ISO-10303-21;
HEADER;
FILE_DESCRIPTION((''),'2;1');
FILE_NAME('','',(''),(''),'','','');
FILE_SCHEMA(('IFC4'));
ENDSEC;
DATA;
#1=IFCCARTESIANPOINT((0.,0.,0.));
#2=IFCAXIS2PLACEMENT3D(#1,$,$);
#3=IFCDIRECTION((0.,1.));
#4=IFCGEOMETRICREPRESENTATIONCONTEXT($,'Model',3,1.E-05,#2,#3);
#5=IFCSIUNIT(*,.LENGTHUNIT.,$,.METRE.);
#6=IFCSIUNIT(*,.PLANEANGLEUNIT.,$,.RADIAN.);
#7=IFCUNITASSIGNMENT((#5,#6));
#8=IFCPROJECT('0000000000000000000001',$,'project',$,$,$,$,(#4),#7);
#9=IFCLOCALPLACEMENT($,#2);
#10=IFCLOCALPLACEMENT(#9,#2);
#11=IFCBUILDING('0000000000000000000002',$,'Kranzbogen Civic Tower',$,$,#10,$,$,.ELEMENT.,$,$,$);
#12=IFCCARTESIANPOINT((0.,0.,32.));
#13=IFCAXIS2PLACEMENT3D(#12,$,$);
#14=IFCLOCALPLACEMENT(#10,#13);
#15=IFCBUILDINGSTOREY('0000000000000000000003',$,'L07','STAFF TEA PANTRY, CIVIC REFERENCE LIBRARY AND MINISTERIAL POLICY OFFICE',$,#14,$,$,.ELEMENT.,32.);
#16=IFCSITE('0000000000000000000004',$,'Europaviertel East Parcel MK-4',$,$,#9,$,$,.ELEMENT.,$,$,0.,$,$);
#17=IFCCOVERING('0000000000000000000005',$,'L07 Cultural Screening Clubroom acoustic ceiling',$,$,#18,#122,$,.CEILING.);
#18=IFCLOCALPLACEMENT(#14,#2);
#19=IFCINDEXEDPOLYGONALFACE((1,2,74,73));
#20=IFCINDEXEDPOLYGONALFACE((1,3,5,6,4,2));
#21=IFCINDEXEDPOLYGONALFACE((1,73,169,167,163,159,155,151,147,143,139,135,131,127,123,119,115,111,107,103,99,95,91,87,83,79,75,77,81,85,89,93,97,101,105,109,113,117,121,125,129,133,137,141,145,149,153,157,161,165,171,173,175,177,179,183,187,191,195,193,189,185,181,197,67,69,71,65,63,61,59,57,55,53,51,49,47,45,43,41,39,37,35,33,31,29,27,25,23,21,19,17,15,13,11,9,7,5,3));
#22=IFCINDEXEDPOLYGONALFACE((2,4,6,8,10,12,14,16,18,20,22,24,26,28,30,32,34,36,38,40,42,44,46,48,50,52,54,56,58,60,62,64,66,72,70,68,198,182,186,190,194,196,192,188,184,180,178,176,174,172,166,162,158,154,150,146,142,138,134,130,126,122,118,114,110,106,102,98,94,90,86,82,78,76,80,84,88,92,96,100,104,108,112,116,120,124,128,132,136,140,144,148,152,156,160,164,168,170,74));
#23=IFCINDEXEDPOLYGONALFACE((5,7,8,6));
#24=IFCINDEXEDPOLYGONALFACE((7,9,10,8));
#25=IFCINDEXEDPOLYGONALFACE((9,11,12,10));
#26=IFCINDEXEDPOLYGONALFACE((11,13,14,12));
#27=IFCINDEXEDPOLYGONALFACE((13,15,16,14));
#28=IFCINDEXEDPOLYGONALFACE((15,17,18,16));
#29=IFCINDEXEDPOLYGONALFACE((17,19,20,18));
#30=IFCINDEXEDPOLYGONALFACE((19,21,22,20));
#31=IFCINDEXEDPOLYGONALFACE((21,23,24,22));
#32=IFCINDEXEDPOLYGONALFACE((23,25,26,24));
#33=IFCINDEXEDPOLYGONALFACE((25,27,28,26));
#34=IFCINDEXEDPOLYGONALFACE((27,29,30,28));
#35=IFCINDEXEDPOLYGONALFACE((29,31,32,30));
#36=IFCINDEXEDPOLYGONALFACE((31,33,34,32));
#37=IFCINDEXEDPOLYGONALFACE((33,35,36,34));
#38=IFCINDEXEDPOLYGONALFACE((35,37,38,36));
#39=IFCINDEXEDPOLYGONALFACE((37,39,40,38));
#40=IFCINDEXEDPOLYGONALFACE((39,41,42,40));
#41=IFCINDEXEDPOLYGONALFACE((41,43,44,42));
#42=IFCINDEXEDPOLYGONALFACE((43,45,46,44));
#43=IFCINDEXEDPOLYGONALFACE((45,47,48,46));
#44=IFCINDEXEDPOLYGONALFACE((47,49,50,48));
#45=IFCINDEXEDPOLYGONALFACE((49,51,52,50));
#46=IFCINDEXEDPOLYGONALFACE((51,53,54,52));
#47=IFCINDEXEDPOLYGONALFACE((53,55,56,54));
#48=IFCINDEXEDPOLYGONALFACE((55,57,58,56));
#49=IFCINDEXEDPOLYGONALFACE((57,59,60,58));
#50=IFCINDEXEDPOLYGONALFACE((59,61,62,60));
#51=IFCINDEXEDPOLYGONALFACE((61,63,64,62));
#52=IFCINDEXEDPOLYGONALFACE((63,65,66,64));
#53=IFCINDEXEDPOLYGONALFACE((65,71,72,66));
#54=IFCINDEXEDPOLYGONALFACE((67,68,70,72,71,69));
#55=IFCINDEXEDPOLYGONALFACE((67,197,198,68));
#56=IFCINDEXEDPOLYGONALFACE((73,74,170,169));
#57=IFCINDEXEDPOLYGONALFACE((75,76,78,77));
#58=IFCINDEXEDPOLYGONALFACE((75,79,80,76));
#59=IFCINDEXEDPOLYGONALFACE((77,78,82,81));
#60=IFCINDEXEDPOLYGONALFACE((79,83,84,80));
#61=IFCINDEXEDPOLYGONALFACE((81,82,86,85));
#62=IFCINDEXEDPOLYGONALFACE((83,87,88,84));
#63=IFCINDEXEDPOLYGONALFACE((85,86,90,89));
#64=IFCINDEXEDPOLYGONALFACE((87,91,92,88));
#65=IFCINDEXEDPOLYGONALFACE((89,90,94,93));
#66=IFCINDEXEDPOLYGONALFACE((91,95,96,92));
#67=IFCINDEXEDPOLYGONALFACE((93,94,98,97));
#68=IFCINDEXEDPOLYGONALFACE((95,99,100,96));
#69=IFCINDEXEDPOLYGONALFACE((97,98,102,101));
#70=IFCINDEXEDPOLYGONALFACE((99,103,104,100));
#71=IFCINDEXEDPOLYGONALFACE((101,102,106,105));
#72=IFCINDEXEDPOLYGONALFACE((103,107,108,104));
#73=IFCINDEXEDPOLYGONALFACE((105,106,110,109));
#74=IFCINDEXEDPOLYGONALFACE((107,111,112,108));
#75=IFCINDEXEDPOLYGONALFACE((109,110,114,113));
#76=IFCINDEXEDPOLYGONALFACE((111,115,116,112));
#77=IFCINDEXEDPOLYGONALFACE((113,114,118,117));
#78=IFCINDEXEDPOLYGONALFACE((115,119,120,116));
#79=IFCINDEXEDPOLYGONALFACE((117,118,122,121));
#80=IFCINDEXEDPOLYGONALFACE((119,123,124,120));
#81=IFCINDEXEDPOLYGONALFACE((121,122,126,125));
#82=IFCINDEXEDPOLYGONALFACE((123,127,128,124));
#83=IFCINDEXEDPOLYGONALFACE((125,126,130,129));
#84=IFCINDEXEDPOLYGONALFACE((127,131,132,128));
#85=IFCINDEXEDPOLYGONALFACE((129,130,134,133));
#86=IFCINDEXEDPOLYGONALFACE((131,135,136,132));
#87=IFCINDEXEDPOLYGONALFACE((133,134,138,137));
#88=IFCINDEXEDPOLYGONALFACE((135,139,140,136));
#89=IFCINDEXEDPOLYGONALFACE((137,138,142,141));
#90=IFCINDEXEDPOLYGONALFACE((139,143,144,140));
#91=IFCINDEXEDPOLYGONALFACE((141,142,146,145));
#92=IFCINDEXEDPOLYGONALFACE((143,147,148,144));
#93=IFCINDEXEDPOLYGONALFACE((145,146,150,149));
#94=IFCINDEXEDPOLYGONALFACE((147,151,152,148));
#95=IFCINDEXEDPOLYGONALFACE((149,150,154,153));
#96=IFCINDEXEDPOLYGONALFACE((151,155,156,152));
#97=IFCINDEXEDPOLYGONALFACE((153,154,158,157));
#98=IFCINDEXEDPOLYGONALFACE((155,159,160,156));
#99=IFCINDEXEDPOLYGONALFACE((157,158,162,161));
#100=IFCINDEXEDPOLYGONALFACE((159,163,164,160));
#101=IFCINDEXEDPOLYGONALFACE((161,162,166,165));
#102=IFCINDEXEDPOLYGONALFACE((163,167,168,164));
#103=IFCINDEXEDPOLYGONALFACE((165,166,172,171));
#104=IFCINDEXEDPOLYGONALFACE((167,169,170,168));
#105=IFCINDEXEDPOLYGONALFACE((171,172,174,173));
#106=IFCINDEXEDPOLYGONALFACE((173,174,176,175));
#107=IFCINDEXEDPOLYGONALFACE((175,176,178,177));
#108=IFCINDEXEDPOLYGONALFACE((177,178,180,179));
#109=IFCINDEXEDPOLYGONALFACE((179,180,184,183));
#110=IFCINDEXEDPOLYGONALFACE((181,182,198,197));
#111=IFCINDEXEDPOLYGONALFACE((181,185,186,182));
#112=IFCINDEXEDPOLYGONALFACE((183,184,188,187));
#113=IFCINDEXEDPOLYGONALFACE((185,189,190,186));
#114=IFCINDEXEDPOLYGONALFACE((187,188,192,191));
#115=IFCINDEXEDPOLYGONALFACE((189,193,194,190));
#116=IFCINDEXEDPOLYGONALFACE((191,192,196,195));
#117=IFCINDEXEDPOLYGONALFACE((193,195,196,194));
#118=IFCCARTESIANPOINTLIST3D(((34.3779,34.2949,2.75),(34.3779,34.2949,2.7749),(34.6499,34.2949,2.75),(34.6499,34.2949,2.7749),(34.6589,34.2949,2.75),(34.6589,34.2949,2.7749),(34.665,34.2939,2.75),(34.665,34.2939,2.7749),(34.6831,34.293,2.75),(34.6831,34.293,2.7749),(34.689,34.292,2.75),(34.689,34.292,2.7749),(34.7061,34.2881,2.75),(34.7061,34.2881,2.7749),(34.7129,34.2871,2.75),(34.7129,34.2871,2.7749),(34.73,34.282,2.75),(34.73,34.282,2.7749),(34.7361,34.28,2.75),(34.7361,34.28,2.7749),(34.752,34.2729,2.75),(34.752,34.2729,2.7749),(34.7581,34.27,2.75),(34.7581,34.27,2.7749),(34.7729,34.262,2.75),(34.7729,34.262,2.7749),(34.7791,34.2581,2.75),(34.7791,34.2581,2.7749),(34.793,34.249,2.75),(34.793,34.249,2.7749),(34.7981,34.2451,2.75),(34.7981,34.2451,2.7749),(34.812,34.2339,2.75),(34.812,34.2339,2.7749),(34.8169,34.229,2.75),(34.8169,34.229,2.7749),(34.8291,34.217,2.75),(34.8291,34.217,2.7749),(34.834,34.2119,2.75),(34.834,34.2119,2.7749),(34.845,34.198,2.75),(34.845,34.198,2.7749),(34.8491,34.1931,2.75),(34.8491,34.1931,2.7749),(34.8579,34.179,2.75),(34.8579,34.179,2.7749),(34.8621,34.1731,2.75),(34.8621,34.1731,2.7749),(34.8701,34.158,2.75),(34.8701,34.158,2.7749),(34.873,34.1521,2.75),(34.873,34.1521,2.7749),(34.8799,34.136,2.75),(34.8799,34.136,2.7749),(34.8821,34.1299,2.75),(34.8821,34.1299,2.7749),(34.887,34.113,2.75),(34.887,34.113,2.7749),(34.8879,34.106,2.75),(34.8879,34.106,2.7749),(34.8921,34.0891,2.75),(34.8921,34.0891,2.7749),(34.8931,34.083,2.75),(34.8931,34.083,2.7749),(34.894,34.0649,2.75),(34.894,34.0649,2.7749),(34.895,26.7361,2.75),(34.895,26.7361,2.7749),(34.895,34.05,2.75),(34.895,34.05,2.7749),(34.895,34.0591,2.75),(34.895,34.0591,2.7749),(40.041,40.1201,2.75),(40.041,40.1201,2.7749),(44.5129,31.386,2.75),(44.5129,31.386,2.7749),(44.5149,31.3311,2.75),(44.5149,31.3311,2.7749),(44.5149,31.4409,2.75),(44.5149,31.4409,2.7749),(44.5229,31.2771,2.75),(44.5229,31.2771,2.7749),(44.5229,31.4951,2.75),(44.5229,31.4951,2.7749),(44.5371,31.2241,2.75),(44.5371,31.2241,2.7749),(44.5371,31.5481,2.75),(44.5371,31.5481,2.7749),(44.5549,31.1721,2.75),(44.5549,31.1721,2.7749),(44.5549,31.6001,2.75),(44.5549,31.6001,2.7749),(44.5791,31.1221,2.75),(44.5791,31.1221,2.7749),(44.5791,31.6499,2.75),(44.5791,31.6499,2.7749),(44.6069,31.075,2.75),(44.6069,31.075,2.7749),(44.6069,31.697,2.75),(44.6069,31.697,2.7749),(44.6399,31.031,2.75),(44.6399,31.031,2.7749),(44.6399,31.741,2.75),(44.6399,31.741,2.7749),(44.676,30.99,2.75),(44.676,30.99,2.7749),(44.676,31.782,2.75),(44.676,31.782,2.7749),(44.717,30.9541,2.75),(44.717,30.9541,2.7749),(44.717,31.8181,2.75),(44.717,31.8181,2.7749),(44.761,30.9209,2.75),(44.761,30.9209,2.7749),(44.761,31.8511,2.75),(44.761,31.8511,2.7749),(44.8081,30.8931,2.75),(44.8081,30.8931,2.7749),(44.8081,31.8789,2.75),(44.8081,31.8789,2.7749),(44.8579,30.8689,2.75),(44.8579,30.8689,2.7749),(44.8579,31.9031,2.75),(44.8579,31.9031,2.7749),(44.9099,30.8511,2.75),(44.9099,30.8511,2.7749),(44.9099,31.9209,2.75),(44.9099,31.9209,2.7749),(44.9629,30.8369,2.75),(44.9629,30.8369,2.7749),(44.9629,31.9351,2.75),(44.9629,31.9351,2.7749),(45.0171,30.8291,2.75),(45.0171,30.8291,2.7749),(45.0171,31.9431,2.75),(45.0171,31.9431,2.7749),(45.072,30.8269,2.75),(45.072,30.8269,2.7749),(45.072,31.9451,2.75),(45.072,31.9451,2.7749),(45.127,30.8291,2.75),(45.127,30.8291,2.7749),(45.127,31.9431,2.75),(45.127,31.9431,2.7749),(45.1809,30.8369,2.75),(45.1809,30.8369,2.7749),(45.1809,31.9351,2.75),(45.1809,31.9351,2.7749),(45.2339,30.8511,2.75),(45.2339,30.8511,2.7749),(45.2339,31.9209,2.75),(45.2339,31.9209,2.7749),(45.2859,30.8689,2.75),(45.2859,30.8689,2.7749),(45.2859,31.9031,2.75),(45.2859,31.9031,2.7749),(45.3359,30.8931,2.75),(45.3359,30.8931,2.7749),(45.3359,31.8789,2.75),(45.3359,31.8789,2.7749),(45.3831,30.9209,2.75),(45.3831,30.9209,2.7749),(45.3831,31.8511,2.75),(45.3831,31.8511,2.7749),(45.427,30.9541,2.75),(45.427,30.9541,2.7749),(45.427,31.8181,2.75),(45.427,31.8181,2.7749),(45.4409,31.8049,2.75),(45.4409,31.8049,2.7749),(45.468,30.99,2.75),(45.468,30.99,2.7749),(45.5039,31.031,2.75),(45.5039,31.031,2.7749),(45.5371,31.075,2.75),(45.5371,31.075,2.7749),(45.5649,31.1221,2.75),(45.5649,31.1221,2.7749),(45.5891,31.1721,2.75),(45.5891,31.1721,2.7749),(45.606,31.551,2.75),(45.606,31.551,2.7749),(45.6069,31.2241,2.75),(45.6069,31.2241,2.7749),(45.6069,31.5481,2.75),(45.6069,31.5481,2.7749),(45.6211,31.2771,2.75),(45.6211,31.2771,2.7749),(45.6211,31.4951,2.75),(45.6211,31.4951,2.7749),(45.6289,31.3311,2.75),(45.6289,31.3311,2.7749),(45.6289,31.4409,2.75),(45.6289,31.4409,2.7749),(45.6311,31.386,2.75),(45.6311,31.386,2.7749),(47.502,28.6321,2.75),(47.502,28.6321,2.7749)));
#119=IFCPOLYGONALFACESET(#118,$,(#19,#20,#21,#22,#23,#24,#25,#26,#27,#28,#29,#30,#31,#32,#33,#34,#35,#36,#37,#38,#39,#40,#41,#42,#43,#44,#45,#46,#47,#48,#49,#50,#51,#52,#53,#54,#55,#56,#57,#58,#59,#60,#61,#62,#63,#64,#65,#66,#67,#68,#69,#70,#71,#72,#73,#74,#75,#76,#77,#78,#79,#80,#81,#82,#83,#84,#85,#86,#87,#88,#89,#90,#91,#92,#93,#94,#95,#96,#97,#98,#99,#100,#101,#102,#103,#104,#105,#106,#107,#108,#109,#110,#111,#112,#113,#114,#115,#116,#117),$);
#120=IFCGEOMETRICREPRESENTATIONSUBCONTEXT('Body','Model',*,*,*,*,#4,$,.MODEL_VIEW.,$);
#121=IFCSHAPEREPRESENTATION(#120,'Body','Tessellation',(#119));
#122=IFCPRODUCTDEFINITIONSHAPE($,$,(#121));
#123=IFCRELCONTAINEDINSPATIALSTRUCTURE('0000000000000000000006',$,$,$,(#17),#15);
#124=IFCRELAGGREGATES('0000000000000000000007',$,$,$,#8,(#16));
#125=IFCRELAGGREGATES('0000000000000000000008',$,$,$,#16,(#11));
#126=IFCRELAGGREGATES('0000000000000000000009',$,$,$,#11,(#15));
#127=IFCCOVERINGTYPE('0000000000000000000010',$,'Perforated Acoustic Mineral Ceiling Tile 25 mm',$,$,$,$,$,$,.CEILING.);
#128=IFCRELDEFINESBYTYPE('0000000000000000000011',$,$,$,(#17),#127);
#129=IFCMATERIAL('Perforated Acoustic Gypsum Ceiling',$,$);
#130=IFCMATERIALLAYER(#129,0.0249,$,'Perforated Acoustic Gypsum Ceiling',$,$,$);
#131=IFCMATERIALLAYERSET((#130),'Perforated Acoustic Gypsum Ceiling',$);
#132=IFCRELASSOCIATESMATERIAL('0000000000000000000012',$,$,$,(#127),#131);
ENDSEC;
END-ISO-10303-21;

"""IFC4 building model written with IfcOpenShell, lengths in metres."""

from ifc_helpers import new_model, si_unit, direction, frame, origin, place, context, subcontext, project, spatial, polyline, outline, extrude, material, layer, layer_set, type_object, element, save


model = new_model("IFC4")

# Units and contexts
model_context = context("Model", 3, precision=1e-05, world=origin(), true_north=direction((0.0, 1.0)))
body_context = subcontext(model_context, "Body", "Model", "MODEL_VIEW")
ifc_project = project(units=[si_unit("LENGTHUNIT", "METRE"), si_unit("PLANEANGLEUNIT", "RADIAN")], contexts=[model_context])

# Site, building, storey
site_placement = place(None, origin())
site = spatial("IfcSite", under=ifc_project, at=site_placement, Name="Europaviertel East Parcel MK-4", CompositionType="ELEMENT", RefElevation=0.0)
building_placement = place(site_placement, origin())
building = spatial("IfcBuilding", under=site, at=building_placement, Name="Kranzbogen Civic Tower", CompositionType="ELEMENT")
storey_placement = place(building_placement, frame((0.0, 0.0, 32.0)))
storey = spatial("IfcBuildingStorey", under=building, at=storey_placement, Name="L07", Description="STAFF TEA PANTRY, CIVIC REFERENCE LIBRARY AND MINISTERIAL POLICY OFFICE", CompositionType="ELEMENT", Elevation=32.0)

# Covering
ifc_material_1 = material(Name="Perforated Acoustic Gypsum Ceiling")
ifc_layer_1 = layer(ifc_material_1, 0.0249, Name="Perforated Acoustic Gypsum Ceiling")
ifc_layer_set_1 = layer_set([ifc_layer_1], Name="Perforated Acoustic Gypsum Ceiling")
covering_type = type_object("IfcCoveringType", Name="Perforated Acoustic Mineral Ceiling Tile 25 mm", PredefinedType="CEILING", material=ifc_layer_set_1)
covering_1_placement = place(storey_placement, frame((0.0, 0.0, 2.75)))
element("IfcCovering", 1, at=covering_1_placement, inside=storey, type_object=covering_type, Name="L07 Cultural Screening Clubroom acoustic ceiling", PredefinedType="CEILING", context=body_context, shape_type="SweptSolid", body=[
    extrude(outline(polyline([(34.895, 26.7361), (34.895, 34.05), (34.895, 34.0591), (34.894, 34.0649), (34.8931, 34.083), (34.8921, 34.0891), (34.8879, 34.106), (34.887, 34.113), (34.8821, 34.1299), (34.8799, 34.136), (34.873, 34.1521), (34.8701, 34.158), (34.8621, 34.1731), (34.8579, 34.179), (34.8491, 34.1931), (34.845, 34.198), (34.834, 34.2119), (34.8291, 34.217), (34.8169, 34.229), (34.812, 34.2339), (34.7981, 34.2451), (34.793, 34.249), (34.7791, 34.2581), (34.7729, 34.262), (34.7581, 34.27), (34.752, 34.2729), (34.7361, 34.28), (34.73, 34.282), (34.7129, 34.2871), (34.7061, 34.2881), (34.689, 34.292), (34.6831, 34.293), (34.665, 34.2939), (34.6589, 34.2949), (34.6499, 34.2949), (34.3779, 34.2949), (40.041, 40.1201), (45.4409, 31.8049), (45.427, 31.8181), (45.3831, 31.8511), (45.3359, 31.8789), (45.2859, 31.9031), (45.2339, 31.9209), (45.1809, 31.9351), (45.127, 31.9431), (45.072, 31.9451), (45.0171, 31.9431), (44.9629, 31.9351), (44.9099, 31.9209), (44.8579, 31.9031), (44.8081, 31.8789), (44.761, 31.8511), (44.717, 31.8181), (44.676, 31.782), (44.6399, 31.741), (44.6069, 31.697), (44.5791, 31.6499), (44.5549, 31.6001), (44.5371, 31.5481), (44.5229, 31.4951), (44.5149, 31.4409), (44.5129, 31.386), (44.5149, 31.3311), (44.5229, 31.2771), (44.5371, 31.2241), (44.5549, 31.1721), (44.5791, 31.1221), (44.6069, 31.075), (44.6399, 31.031), (44.676, 30.99), (44.717, 30.9541), (44.761, 30.9209), (44.8081, 30.8931), (44.8579, 30.8689), (44.9099, 30.8511), (44.9629, 30.8369), (45.0171, 30.8291), (45.072, 30.8269), (45.127, 30.8291), (45.1809, 30.8369), (45.2339, 30.8511), (45.2859, 30.8689), (45.3359, 30.8931), (45.3831, 30.9209), (45.427, 30.9541), (45.468, 30.99), (45.5039, 31.031), (45.5371, 31.075), (45.5649, 31.1221), (45.5891, 31.1721), (45.6069, 31.2241), (45.6211, 31.2771), (45.6289, 31.3311), (45.6311, 31.386), (45.6289, 31.4409), (45.6211, 31.4951), (45.6069, 31.5481), (45.606, 31.551), (47.502, 28.6321), (34.895, 26.7361)])), origin(), (0.0, 0.0, 1.0), 0.0249),
])

save(model, "model.ifc")
